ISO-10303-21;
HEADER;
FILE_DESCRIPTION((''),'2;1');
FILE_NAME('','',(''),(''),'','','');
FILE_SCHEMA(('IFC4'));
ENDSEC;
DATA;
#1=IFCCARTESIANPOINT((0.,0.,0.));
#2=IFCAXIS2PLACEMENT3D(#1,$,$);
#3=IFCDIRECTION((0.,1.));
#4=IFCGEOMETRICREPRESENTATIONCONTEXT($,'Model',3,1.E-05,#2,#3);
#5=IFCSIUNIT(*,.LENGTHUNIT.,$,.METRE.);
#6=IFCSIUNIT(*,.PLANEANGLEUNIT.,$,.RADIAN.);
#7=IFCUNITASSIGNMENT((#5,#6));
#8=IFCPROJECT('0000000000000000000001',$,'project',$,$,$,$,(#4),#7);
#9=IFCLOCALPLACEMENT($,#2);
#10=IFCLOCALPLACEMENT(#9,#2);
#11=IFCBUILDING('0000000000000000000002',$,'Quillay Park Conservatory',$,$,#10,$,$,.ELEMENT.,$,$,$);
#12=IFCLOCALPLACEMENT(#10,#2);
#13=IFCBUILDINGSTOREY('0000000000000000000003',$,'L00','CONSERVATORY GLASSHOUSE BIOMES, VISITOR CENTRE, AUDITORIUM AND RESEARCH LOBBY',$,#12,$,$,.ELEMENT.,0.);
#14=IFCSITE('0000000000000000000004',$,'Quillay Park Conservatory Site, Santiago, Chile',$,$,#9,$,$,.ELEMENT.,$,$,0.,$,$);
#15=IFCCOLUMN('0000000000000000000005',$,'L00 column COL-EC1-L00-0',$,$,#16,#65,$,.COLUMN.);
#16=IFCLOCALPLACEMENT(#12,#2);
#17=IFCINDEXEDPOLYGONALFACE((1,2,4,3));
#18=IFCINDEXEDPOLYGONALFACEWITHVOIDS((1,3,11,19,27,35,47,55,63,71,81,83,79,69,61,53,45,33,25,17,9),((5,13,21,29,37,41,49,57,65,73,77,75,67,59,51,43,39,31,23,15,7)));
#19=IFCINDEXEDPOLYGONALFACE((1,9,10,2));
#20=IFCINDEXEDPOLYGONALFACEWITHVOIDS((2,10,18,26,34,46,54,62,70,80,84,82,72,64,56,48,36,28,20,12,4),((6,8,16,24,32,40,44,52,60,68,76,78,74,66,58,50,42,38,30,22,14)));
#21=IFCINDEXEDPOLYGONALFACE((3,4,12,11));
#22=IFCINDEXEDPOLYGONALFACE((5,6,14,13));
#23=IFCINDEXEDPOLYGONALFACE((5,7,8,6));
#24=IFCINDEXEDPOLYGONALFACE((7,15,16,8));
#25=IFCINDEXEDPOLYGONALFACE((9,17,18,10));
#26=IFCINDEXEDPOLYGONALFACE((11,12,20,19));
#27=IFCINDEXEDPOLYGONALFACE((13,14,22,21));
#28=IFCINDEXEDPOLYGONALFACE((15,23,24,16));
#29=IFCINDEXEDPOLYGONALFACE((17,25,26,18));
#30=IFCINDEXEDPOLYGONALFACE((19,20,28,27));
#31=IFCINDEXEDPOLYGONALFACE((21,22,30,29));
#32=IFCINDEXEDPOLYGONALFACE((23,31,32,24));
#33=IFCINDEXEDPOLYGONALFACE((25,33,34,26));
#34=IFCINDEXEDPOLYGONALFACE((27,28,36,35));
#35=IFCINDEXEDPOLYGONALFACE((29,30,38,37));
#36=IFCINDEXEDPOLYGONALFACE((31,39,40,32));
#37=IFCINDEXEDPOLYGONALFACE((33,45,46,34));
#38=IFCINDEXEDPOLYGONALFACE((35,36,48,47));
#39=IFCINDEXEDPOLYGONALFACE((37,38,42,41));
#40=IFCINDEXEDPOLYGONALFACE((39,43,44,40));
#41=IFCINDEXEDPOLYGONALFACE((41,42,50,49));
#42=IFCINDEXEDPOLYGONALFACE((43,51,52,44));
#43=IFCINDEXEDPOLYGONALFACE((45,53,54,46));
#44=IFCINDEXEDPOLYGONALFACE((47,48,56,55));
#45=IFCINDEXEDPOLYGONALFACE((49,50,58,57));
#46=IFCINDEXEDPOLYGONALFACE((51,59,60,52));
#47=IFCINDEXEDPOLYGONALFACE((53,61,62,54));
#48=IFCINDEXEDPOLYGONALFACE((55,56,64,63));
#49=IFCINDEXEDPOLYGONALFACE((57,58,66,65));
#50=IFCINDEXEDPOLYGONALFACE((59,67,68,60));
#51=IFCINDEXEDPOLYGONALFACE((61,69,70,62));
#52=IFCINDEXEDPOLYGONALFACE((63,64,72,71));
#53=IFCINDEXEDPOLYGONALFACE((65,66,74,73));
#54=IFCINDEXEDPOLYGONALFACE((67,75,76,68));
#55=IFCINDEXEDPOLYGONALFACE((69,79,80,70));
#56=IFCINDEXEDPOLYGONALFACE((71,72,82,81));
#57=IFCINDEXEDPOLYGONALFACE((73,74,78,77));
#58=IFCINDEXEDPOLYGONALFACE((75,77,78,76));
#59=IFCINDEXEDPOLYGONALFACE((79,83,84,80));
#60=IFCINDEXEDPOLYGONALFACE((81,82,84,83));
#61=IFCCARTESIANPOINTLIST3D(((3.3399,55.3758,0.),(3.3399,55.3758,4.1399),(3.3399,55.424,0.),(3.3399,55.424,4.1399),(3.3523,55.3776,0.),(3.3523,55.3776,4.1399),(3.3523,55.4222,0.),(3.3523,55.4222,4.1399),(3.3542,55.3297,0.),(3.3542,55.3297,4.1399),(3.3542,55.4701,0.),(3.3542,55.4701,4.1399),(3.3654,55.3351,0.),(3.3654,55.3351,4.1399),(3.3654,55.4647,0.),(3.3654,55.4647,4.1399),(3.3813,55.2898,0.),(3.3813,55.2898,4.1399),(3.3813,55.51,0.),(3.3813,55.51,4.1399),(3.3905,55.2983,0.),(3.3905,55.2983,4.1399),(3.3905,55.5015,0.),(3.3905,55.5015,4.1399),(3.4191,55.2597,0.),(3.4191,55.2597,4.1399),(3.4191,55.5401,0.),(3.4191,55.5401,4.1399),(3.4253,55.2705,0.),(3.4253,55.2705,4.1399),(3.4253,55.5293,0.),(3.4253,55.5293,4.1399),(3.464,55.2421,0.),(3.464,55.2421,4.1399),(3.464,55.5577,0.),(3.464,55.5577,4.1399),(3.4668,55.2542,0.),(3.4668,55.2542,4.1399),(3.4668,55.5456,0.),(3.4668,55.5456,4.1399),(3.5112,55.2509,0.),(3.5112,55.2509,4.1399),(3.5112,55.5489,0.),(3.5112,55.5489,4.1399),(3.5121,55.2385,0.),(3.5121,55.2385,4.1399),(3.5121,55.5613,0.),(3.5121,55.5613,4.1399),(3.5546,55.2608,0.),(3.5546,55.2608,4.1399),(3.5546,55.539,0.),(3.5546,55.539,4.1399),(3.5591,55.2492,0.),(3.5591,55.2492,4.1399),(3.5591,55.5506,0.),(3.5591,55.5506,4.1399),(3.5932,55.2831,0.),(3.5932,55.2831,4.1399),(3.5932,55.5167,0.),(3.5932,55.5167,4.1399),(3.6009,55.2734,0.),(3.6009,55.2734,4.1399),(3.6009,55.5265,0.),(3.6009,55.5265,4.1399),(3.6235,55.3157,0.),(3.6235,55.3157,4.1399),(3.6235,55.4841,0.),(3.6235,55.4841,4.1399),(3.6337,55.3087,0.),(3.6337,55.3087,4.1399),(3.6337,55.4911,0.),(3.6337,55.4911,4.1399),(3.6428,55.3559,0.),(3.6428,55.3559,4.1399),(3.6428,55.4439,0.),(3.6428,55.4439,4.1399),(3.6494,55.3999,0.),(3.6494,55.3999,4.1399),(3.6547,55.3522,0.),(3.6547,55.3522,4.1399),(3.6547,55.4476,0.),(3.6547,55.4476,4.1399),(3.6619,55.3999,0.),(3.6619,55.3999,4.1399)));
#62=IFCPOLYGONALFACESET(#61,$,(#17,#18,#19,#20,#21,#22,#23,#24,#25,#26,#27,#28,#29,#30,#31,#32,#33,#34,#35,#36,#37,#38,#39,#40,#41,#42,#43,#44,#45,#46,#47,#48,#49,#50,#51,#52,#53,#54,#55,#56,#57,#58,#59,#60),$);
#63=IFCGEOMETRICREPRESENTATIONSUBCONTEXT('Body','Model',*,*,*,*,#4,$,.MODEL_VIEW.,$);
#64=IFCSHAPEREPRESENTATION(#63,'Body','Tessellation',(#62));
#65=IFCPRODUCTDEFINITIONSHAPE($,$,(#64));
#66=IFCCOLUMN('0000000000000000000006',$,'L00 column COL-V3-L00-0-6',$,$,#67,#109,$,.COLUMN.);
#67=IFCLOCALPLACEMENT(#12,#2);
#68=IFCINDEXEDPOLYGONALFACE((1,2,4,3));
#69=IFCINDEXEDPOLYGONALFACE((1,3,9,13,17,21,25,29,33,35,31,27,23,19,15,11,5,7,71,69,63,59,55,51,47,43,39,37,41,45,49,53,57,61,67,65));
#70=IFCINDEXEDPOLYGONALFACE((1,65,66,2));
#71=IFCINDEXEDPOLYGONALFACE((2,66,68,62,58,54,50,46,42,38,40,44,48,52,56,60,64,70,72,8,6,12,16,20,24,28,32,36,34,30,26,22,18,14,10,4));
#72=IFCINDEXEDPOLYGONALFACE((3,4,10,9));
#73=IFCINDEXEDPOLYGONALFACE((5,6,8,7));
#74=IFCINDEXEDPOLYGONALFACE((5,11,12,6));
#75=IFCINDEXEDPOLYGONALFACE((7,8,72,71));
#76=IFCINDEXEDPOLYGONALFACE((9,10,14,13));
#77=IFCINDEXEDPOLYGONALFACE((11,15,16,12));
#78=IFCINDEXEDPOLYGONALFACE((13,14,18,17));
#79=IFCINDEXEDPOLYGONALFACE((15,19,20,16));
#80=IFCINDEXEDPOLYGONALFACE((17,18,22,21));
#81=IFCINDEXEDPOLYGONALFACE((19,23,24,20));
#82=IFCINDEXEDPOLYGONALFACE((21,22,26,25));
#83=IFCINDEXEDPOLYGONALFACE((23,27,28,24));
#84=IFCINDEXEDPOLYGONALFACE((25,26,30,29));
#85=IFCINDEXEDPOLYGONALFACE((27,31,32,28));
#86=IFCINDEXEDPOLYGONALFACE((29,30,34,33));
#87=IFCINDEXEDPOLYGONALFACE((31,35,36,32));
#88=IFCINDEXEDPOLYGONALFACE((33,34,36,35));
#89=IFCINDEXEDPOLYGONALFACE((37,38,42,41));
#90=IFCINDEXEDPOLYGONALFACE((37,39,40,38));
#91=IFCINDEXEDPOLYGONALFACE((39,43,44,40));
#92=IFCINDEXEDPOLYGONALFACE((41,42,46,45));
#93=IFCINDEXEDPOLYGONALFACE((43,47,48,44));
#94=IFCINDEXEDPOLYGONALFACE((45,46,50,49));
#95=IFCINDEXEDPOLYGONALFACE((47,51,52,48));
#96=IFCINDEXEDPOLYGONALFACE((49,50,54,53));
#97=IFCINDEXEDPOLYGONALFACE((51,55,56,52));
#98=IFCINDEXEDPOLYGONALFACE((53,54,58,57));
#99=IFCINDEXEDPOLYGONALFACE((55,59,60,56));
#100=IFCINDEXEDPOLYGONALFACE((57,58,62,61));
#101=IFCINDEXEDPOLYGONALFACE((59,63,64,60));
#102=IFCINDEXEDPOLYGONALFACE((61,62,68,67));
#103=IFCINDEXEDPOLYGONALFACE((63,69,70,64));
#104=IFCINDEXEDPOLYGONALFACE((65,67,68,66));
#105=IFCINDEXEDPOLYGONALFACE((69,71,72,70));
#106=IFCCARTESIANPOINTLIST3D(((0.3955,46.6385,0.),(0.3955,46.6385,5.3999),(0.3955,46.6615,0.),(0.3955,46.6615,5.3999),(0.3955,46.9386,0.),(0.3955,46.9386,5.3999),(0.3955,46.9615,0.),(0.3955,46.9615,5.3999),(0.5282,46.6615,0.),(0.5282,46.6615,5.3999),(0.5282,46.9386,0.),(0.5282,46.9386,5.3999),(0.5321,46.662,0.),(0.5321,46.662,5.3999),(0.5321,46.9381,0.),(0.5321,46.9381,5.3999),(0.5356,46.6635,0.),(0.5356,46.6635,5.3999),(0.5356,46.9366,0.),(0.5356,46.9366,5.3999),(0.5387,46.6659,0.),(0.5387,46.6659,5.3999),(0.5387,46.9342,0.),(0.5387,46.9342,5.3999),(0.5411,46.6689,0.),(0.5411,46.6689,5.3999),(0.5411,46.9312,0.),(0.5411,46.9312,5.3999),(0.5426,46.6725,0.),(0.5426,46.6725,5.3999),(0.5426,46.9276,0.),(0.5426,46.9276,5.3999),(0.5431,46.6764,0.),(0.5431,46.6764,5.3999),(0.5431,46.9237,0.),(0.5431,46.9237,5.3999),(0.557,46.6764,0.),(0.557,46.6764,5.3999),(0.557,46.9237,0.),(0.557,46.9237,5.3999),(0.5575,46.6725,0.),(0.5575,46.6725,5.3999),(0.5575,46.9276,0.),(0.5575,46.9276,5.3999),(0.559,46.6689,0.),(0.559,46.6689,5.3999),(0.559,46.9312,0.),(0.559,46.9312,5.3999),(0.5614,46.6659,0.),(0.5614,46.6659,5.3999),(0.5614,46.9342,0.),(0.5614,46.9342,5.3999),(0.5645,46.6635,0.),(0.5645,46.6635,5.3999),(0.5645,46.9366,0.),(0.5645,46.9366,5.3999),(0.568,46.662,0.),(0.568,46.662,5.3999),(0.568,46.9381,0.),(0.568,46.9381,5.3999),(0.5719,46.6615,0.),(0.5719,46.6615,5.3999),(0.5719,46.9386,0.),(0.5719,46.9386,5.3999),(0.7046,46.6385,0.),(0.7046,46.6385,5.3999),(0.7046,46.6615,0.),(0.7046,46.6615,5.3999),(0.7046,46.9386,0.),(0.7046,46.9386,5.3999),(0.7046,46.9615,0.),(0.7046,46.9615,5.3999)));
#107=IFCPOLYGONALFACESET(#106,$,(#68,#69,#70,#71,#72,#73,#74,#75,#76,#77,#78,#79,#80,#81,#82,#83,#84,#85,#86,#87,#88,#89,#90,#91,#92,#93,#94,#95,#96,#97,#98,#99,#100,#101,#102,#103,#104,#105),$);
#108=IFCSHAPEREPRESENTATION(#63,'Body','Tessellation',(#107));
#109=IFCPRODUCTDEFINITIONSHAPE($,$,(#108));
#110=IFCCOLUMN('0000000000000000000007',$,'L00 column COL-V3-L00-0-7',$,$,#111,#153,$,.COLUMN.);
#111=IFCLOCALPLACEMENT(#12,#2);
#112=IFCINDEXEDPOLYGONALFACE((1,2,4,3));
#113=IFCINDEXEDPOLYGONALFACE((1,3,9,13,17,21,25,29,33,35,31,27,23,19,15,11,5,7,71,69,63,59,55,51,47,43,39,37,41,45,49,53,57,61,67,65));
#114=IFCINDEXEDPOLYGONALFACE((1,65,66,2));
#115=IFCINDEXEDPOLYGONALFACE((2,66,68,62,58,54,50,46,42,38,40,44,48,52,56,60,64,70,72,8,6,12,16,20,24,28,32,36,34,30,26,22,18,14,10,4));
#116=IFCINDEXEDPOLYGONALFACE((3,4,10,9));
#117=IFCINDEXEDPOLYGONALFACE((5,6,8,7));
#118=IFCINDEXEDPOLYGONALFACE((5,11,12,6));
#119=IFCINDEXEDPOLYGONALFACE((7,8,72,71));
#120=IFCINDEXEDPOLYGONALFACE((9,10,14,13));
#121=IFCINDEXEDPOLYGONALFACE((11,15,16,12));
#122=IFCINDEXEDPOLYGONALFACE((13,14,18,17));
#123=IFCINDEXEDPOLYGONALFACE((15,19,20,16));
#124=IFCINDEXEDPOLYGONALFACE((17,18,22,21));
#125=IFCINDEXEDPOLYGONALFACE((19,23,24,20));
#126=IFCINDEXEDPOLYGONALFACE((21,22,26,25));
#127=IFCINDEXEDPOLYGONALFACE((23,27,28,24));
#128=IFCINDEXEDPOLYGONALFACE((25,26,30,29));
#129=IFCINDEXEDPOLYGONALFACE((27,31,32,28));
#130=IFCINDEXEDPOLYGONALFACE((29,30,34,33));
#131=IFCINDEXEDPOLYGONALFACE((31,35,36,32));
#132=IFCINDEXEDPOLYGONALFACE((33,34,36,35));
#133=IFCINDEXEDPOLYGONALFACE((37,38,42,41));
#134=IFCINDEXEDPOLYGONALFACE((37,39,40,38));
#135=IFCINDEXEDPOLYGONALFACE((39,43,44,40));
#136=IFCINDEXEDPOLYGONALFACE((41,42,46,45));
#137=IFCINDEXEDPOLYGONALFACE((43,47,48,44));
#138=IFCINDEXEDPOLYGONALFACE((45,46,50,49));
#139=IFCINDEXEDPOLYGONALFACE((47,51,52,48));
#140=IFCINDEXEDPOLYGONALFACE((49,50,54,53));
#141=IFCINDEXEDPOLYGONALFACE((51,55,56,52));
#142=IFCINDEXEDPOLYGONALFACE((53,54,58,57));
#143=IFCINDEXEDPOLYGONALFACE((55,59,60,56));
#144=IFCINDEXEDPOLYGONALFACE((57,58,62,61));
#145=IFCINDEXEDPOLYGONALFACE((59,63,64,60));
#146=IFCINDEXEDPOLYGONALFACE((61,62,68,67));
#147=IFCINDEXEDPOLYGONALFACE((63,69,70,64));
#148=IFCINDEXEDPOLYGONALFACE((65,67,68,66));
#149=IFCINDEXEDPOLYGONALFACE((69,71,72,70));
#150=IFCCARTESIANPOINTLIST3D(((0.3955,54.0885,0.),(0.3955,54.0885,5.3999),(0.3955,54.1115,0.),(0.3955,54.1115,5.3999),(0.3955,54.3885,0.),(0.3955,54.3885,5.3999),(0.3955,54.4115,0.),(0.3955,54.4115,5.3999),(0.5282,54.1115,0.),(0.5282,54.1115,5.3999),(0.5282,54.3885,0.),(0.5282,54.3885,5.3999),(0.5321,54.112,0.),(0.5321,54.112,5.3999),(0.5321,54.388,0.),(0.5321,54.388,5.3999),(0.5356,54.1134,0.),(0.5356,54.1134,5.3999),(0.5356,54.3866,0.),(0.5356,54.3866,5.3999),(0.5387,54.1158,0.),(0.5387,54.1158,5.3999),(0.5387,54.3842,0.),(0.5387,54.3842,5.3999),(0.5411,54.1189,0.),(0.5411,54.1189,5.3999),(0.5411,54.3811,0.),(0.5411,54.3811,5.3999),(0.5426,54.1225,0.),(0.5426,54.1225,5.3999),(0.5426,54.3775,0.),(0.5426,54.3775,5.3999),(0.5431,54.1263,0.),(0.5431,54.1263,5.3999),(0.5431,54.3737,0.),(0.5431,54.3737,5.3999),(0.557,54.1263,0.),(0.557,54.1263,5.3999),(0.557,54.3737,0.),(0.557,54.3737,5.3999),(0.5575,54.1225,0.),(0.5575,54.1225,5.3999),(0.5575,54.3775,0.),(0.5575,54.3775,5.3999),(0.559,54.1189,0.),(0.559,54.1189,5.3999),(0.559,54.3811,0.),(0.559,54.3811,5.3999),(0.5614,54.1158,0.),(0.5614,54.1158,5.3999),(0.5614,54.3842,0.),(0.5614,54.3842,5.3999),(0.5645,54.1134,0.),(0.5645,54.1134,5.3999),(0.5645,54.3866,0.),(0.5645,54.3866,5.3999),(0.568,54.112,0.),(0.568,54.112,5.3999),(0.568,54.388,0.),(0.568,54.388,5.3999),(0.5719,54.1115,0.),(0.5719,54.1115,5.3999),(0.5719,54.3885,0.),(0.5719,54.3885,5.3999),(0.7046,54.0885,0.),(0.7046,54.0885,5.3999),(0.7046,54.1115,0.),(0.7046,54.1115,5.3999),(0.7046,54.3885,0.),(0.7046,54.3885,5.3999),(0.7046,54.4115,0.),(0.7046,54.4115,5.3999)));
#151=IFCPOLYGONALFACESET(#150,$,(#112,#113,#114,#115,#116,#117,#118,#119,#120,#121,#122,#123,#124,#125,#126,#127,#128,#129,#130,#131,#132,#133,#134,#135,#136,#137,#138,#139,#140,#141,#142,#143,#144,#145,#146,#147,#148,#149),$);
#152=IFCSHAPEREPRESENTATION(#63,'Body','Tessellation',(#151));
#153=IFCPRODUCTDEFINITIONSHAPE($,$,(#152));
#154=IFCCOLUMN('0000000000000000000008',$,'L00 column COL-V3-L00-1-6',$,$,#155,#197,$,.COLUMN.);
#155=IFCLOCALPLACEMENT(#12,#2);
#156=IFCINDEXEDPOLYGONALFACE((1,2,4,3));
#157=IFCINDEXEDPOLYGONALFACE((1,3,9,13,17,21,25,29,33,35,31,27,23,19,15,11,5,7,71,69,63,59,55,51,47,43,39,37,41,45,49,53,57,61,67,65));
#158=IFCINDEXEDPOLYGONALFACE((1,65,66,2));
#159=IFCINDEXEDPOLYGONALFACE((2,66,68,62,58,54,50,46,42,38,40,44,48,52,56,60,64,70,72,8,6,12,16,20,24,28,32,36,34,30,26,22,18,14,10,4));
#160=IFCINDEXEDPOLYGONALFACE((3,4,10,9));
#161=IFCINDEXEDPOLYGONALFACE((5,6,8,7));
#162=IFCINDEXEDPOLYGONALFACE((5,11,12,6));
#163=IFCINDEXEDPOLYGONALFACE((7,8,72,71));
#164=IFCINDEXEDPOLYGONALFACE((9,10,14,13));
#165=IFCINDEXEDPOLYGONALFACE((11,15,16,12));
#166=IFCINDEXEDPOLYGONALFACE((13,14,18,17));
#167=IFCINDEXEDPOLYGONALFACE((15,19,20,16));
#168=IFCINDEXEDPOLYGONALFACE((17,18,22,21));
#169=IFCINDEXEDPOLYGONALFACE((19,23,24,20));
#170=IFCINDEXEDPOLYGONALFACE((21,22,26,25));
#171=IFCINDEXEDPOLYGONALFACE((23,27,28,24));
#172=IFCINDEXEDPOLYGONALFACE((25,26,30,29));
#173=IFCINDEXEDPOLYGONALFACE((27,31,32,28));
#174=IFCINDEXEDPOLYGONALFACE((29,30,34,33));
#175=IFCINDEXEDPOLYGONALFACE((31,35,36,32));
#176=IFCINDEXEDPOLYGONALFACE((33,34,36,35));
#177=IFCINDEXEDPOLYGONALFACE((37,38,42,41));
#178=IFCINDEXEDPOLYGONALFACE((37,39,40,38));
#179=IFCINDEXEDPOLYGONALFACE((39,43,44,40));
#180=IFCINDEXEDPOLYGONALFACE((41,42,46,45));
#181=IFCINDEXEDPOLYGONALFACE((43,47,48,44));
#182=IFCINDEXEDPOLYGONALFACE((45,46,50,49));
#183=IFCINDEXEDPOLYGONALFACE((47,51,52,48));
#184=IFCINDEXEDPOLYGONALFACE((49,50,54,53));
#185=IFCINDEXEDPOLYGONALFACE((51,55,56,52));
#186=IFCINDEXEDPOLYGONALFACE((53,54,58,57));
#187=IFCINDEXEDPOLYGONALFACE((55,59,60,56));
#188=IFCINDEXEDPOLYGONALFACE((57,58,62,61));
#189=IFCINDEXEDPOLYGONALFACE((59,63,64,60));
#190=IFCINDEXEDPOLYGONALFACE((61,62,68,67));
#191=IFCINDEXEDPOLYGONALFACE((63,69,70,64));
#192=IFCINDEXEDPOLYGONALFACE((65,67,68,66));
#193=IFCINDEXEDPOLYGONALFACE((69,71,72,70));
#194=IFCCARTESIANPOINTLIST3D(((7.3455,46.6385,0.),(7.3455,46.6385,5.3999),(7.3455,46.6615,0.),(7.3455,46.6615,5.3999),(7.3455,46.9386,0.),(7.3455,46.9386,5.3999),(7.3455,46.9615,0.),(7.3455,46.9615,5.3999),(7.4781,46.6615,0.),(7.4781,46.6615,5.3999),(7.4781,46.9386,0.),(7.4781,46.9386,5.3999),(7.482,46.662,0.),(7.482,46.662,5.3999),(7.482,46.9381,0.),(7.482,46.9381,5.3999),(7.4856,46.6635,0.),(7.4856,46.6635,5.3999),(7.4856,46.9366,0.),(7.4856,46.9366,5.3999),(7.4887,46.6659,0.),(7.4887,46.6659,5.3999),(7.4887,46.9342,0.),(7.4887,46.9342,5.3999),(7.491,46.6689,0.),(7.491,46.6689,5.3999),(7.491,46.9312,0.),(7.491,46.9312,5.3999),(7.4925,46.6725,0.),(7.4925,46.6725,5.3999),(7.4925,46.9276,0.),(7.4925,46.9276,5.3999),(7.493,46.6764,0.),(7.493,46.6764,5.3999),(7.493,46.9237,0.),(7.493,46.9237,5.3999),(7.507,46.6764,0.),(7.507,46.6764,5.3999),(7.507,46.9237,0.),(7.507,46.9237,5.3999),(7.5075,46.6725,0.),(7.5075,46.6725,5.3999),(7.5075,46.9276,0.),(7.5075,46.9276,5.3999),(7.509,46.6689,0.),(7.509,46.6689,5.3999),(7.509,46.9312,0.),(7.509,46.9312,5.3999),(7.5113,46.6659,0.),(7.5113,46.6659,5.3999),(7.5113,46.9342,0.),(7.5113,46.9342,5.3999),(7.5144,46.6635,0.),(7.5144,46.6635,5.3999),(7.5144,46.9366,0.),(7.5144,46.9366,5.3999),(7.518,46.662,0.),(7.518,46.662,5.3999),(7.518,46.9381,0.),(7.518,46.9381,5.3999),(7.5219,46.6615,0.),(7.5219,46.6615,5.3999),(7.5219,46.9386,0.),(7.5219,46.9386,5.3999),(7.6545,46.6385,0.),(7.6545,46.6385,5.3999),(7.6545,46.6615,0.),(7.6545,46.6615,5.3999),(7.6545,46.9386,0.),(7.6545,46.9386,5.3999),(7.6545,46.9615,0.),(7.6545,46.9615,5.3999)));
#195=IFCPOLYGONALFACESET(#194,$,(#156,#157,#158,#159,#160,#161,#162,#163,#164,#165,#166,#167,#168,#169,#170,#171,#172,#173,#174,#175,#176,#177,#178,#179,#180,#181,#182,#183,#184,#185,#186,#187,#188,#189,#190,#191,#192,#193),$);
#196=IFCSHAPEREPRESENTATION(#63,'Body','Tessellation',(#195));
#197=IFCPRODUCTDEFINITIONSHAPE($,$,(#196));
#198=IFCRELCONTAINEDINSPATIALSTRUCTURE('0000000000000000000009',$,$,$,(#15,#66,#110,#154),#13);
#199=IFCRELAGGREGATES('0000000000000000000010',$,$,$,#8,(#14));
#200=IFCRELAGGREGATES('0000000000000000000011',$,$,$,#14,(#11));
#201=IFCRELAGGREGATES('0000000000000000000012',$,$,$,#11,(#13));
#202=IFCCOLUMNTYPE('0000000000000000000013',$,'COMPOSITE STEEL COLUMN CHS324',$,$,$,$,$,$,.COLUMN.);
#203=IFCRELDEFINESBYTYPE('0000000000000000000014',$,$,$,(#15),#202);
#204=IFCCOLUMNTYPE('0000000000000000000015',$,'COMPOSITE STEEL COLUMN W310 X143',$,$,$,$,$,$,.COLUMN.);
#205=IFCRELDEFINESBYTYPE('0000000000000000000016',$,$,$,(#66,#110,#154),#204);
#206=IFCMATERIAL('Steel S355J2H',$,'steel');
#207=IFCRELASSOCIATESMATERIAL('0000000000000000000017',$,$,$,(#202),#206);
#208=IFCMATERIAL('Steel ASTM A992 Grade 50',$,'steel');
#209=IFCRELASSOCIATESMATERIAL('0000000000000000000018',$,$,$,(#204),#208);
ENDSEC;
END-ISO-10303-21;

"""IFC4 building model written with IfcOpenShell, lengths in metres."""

from ifc_helpers import new_model, si_unit, direction, frame, origin, origin_2d, place, context, subcontext, project, spatial, hollow_circle, i_section, extrude, material, material_profile, profile_set, type_object, element, save


model = new_model("IFC4")

# Units and contexts
model_context = context("Model", 3, precision=1e-05, world=origin(), true_north=direction((0.0, 1.0)))
body_context = subcontext(model_context, "Body", "Model", "MODEL_VIEW")
ifc_project = project(units=[si_unit("LENGTHUNIT", "METRE"), si_unit("PLANEANGLEUNIT", "RADIAN")], contexts=[model_context])

# Site, building, storey
site_placement = place(None, origin())
site = spatial("IfcSite", under=ifc_project, at=site_placement, Name="Quillay Park Conservatory Site, Santiago, Chile", CompositionType="ELEMENT", RefElevation=0.0)
building_placement = place(site_placement, origin())
building = spatial("IfcBuilding", under=site, at=building_placement, Name="Quillay Park Conservatory", CompositionType="ELEMENT")
storey_placement = place(building_placement, origin())
storey = spatial("IfcBuildingStorey", under=building, at=storey_placement, Name="L00", Description="CONSERVATORY GLASSHOUSE BIOMES, VISITOR CENTRE, AUDITORIUM AND RESEARCH LOBBY", CompositionType="ELEMENT", Elevation=0.0)

# Columns
ifc_material_1 = material(Name="Steel S355J2H", Category="steel")
ifc_material_profile_1 = material_profile(ifc_material_1, hollow_circle(Radius=0.1619, WallThickness=0.0125, at=origin_2d()), Name="CHS323.9x12.5")
ifc_profile_set_1 = profile_set([ifc_material_profile_1], Name="Steel S355J2H")
column_type_1 = type_object("IfcColumnType", Name="COMPOSITE STEEL COLUMN CHS324", PredefinedType="COLUMN", material=ifc_profile_set_1)
column_placement = place(storey_placement, frame((3.5, 55.3999, 0.0), z_axis=(0.0, 0.0, 1.0), x_axis=(1.0, 0.0, 0.0)))
element("IfcColumn", 1, at=column_placement, inside=storey, type_object=column_type_1, Name="L00 column COL-EC1-L00-0", PredefinedType="COLUMN", context=body_context, shape_type="SweptSolid", body=[
    extrude(hollow_circle(Radius=0.1619, WallThickness=0.0125, at=origin_2d()), origin(), (0.0, 0.0, 1.0), 4.1399),
])
ifc_material_2 = material(Name="Steel ASTM A992 Grade 50", Category="steel")
ifc_material_profile_2 = material_profile(ifc_material_2, i_section(OverallWidth=0.3091, OverallDepth=0.323, WebThickness=0.0139, FlangeThickness=0.0229, FilletRadius=0.0149, at=origin_2d()), Name="W310x143")
ifc_profile_set_2 = profile_set([ifc_material_profile_2], Name="Steel ASTM A992 Grade 50")
column_type_2 = type_object("IfcColumnType", Name="COMPOSITE STEEL COLUMN W310 X143", PredefinedType="COLUMN", material=ifc_profile_set_2)
for number, where, z_axis, x_axis, name in (
    (2, (0.55, 46.8, 0.0), (0.0, 0.0, 1.0), (1.0, 0.0, 0.0), "L00 column COL-V3-L00-0-6"),
    (3, (0.55, 54.25, 0.0), (0.0, 0.0, 1.0), (1.0, 0.0, 0.0), "L00 column COL-V3-L00-0-7"),
    (4, (7.5, 46.8, 0.0), (0.0, 0.0, 1.0), (1.0, 0.0, 0.0), "L00 column COL-V3-L00-1-6"),
):
    element("IfcColumn", number, at=place(storey_placement, frame(where, z_axis=z_axis, x_axis=x_axis)), inside=storey, type_object=column_type_2, Name=name, PredefinedType="COLUMN", context=body_context, shape_type="SweptSolid", body=[
        extrude(i_section(OverallWidth=0.3091, OverallDepth=0.323, WebThickness=0.0139, FlangeThickness=0.0229, FilletRadius=0.0149, at=origin_2d()), origin(), (0.0, 0.0, 1.0), 5.3999),
    ])

save(model, "model.ifc")
